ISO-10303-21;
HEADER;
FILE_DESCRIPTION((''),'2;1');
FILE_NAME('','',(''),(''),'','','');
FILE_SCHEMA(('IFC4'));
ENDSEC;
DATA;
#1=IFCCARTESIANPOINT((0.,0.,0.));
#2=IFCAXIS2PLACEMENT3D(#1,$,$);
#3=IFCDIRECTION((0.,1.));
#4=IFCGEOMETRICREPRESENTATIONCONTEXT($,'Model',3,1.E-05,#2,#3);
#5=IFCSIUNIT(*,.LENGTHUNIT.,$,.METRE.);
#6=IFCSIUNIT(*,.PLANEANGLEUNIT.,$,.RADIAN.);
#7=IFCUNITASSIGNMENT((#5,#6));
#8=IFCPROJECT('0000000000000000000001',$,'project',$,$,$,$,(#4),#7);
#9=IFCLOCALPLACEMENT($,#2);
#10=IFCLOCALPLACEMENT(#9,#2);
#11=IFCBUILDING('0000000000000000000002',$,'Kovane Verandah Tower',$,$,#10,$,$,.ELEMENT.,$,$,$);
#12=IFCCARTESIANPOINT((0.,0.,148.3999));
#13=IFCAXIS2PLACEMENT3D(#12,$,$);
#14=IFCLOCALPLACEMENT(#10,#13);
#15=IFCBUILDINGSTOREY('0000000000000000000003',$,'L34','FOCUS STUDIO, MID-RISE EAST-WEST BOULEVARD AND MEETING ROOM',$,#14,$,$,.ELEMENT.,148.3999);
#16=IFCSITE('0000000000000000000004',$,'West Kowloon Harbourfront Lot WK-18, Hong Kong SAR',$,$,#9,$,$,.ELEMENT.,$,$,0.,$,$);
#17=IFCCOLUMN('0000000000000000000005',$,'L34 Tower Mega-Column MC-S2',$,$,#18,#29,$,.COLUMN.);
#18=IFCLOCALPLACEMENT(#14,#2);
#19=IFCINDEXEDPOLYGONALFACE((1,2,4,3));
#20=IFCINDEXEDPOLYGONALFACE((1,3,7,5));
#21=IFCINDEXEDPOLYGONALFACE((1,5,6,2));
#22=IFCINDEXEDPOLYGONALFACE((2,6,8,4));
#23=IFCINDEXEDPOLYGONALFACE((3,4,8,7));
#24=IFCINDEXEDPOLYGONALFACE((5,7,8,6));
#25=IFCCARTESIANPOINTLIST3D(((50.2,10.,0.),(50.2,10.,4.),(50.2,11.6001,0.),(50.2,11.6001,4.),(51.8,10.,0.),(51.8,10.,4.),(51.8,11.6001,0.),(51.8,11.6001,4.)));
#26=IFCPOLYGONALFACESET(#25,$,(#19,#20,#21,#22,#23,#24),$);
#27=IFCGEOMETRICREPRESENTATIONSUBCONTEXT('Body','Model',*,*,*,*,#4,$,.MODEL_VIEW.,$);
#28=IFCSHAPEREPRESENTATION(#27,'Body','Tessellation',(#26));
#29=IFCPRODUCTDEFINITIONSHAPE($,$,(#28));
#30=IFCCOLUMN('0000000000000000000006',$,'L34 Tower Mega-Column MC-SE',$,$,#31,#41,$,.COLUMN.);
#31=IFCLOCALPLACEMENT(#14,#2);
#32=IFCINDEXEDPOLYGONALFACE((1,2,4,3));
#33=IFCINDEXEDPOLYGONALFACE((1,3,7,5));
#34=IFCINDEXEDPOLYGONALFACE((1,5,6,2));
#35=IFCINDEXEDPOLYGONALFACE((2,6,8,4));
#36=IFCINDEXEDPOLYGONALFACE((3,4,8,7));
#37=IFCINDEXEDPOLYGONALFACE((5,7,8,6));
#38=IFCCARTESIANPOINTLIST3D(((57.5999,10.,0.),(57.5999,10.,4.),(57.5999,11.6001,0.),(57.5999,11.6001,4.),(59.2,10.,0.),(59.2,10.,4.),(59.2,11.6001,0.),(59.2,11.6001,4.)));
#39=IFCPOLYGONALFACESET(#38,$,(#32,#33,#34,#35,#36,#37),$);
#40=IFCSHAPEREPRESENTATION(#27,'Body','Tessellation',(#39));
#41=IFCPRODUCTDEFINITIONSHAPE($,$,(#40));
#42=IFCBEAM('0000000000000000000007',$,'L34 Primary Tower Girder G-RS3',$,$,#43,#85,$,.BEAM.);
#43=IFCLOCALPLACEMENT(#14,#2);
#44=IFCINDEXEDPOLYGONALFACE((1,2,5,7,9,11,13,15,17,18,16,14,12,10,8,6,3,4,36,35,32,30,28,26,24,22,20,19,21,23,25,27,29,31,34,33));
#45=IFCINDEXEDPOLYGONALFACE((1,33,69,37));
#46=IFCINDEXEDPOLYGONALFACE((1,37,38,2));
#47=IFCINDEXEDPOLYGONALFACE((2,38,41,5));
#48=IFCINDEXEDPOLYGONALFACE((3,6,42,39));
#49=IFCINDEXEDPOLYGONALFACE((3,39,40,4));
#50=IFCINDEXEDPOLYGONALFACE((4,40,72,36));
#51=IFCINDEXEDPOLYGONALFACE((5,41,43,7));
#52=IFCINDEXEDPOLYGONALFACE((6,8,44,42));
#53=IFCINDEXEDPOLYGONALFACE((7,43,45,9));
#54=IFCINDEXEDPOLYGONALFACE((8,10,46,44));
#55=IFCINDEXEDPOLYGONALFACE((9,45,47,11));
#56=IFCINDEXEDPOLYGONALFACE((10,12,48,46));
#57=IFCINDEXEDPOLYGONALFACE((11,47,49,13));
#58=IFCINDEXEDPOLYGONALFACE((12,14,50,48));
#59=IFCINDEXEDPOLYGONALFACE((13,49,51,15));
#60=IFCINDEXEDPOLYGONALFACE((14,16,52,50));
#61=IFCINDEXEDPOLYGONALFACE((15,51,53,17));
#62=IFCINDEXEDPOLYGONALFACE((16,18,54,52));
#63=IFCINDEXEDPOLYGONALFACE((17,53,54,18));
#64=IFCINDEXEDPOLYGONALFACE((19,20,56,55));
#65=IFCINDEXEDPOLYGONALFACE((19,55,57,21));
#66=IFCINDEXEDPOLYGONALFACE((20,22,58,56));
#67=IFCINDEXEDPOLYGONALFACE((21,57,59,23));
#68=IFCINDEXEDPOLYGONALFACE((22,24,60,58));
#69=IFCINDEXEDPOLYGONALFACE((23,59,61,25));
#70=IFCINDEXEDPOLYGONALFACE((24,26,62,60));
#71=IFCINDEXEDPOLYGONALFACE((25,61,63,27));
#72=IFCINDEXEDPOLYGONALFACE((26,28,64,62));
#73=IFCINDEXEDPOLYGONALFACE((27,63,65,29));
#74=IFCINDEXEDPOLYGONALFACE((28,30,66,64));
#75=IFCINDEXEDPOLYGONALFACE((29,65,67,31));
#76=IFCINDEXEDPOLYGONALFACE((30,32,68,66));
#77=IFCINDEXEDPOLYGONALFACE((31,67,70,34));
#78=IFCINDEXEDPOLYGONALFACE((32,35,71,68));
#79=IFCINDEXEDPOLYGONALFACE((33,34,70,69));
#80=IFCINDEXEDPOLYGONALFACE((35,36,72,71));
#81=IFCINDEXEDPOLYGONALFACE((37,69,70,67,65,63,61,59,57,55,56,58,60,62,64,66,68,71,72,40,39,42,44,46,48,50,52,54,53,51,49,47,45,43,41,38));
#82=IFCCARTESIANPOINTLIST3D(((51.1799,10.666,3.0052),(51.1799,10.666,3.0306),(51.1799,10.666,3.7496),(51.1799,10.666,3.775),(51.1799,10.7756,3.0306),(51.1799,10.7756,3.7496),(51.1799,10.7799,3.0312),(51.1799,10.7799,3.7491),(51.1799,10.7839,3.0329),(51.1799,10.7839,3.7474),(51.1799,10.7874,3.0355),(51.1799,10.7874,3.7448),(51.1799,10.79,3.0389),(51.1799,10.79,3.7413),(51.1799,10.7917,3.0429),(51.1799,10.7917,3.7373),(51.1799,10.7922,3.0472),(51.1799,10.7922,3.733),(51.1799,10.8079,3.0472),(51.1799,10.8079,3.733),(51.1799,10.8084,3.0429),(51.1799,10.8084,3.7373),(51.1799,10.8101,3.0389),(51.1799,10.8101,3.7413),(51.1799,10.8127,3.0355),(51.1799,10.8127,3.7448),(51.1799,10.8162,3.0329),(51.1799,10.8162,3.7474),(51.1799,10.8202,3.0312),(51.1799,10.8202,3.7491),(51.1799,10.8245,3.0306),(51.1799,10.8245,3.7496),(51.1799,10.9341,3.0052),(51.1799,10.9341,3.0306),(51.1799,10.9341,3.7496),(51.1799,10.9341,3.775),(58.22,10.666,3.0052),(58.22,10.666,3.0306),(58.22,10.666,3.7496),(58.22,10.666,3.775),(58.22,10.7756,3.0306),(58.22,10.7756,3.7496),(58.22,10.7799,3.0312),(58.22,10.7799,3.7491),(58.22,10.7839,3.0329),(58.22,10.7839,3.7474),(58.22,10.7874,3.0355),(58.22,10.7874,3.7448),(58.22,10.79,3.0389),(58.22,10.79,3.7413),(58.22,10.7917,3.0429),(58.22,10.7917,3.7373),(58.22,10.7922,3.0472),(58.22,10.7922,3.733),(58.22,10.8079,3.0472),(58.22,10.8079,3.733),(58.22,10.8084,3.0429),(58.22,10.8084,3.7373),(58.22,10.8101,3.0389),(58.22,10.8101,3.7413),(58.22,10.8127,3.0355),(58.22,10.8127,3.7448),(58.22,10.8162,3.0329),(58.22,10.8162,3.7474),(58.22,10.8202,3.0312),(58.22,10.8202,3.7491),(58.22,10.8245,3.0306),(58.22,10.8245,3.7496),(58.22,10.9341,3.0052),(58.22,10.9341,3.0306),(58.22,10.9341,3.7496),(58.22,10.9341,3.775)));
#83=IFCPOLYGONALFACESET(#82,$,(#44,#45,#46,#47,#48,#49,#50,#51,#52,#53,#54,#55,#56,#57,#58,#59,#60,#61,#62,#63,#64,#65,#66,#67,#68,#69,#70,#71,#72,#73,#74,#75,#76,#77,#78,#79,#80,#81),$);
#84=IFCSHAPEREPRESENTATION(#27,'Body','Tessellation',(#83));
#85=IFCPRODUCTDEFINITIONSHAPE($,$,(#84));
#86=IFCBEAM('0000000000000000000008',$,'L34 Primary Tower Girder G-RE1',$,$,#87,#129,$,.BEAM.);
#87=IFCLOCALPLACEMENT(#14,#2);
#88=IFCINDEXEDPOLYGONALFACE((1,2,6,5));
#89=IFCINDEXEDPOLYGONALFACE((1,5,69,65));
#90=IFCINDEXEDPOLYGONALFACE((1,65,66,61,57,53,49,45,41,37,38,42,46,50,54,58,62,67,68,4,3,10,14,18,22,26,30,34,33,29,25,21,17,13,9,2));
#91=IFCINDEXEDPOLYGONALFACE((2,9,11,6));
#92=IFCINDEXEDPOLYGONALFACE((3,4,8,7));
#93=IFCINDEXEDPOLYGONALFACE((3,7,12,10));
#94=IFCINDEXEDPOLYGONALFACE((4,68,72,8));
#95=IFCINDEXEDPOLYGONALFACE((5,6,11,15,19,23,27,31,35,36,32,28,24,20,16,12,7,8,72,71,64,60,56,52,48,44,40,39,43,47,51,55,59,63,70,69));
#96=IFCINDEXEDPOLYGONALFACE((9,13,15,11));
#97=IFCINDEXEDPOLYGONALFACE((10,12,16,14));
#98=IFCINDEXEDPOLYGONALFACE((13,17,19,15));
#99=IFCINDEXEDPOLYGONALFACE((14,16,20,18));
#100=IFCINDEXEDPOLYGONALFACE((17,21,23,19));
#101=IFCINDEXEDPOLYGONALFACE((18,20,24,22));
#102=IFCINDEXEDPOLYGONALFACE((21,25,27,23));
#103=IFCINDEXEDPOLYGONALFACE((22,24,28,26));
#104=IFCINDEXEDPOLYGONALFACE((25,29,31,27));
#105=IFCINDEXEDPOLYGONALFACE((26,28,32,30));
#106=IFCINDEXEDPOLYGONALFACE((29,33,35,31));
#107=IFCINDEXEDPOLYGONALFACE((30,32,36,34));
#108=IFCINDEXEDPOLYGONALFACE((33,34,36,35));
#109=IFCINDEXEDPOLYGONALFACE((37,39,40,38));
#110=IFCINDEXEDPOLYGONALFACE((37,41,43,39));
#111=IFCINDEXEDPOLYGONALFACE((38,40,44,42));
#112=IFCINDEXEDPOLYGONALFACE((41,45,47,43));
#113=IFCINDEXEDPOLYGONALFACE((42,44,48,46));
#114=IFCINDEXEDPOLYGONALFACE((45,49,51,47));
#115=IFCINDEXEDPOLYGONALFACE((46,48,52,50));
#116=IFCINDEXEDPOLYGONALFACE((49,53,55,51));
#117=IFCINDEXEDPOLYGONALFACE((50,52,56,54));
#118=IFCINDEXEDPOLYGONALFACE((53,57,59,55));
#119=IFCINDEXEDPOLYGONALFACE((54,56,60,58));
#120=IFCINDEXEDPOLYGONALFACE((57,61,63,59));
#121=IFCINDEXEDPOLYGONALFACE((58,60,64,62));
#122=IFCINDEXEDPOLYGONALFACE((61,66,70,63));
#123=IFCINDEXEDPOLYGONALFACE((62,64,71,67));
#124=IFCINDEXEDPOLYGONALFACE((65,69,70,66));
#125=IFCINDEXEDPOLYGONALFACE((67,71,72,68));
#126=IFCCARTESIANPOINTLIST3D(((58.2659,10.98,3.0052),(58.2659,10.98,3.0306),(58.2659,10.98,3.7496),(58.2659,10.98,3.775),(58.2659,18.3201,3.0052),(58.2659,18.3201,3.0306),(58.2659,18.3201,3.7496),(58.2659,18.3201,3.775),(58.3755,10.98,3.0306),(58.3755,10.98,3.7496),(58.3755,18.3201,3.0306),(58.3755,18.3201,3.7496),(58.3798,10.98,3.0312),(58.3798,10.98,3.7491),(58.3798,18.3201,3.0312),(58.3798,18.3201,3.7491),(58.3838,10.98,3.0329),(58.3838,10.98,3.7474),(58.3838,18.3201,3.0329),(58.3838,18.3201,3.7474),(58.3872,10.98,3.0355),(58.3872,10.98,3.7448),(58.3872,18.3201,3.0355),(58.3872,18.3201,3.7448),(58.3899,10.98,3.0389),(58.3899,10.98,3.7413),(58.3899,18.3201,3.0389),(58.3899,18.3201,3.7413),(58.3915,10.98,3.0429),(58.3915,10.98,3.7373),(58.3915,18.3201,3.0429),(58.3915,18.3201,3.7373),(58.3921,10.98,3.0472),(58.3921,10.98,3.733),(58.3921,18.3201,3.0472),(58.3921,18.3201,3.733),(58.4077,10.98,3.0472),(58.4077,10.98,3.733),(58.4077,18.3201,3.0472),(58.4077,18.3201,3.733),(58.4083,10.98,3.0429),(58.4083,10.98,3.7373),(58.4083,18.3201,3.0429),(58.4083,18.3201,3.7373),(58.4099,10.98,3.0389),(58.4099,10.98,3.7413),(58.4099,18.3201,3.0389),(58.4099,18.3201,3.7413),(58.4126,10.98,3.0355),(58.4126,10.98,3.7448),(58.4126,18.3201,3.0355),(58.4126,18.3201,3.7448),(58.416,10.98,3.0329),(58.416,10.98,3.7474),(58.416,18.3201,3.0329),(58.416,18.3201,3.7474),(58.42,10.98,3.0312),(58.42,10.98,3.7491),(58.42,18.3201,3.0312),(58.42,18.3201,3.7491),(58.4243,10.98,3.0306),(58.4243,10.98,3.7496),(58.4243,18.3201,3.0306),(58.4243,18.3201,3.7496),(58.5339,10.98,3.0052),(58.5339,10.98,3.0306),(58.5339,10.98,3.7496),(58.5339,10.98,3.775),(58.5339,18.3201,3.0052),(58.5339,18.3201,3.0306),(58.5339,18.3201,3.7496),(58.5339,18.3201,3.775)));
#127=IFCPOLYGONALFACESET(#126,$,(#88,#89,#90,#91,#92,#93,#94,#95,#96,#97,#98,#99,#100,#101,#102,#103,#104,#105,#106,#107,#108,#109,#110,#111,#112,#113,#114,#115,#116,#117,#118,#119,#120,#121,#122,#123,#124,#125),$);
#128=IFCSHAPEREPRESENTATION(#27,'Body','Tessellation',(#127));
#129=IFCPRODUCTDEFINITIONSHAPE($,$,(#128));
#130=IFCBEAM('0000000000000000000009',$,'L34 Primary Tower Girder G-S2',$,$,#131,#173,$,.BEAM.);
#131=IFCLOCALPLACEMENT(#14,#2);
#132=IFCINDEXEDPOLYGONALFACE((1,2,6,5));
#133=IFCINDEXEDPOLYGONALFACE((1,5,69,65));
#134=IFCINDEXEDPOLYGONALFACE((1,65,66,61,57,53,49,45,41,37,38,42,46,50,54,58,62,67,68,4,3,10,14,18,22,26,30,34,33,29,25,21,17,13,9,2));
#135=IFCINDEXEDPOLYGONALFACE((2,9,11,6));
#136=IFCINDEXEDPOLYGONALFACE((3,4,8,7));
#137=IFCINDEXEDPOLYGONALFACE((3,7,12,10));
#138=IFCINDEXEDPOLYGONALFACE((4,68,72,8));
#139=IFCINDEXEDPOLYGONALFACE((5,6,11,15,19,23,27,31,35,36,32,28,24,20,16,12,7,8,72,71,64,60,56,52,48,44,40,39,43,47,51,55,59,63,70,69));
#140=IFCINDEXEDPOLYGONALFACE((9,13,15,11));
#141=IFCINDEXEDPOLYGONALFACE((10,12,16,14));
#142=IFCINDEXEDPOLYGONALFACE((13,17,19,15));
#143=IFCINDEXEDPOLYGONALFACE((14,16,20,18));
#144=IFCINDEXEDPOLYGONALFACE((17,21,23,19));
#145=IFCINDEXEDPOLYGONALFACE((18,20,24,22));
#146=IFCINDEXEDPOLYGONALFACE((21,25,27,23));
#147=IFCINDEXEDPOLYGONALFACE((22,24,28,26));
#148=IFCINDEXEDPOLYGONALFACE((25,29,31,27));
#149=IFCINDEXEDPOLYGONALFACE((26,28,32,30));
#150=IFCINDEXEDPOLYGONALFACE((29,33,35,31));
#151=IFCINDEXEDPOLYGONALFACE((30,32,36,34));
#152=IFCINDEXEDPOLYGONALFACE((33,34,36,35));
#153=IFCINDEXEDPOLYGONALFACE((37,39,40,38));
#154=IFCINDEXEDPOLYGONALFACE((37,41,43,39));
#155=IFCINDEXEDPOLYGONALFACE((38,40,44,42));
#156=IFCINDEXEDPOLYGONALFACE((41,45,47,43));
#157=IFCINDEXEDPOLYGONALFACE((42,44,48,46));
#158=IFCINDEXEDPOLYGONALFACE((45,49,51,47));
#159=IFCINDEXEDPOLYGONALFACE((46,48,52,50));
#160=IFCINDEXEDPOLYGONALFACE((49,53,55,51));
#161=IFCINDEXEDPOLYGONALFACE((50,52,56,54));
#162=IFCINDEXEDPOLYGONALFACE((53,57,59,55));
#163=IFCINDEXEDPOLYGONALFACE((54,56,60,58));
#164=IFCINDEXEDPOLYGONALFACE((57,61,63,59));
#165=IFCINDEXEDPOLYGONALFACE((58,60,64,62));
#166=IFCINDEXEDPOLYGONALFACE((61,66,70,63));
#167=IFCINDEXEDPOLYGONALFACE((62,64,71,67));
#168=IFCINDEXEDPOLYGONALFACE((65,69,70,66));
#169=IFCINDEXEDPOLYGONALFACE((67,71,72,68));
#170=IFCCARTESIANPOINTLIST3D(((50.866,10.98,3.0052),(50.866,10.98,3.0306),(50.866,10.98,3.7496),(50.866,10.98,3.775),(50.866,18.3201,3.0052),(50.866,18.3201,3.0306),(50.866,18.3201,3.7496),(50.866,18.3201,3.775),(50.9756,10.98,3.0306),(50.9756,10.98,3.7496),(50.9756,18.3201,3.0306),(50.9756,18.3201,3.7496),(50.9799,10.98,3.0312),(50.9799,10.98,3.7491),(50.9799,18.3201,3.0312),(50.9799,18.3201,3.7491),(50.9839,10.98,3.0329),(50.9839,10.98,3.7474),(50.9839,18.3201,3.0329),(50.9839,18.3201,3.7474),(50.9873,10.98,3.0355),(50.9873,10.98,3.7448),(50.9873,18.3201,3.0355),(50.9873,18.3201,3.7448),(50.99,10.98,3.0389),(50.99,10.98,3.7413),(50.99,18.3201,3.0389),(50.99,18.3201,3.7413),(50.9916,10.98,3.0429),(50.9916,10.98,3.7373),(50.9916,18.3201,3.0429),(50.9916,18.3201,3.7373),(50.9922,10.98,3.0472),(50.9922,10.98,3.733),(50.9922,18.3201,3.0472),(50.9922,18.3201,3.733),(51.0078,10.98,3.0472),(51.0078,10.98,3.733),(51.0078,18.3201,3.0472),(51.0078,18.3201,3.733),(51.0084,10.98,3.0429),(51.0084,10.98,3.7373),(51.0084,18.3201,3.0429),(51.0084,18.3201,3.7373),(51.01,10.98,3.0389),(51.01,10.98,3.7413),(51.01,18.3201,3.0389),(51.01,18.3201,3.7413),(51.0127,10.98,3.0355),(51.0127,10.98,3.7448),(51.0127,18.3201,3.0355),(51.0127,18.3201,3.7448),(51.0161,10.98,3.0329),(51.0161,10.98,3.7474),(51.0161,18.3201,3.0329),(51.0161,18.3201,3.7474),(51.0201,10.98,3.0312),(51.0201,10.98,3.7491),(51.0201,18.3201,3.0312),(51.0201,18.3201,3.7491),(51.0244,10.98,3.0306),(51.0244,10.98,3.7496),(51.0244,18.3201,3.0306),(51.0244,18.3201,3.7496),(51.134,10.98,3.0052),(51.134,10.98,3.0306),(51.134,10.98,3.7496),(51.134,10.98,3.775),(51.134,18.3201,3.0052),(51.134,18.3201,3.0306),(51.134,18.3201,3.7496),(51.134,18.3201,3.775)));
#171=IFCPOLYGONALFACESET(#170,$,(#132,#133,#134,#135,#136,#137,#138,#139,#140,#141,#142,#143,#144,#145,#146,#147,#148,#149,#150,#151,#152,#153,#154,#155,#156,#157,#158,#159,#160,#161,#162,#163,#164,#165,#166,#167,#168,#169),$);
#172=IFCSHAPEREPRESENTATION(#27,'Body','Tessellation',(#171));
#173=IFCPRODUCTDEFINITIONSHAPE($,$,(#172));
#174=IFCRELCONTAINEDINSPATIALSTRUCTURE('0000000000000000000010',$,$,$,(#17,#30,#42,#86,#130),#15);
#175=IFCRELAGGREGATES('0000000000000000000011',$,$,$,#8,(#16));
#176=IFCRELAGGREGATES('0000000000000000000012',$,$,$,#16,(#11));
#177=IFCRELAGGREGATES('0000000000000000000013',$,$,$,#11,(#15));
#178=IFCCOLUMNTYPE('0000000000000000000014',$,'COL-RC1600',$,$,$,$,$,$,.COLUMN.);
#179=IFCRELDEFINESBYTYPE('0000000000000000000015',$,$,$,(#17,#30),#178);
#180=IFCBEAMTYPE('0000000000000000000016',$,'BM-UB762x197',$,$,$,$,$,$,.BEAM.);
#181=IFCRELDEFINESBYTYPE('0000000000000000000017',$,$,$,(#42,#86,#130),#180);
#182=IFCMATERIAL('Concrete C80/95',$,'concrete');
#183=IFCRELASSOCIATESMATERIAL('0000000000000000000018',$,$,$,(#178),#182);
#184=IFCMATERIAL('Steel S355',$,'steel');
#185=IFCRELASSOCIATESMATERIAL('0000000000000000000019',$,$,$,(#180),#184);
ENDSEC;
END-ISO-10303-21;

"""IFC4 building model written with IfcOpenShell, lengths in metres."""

from ifc_helpers import new_model, si_unit, direction, frame, origin, origin_2d, place, context, subcontext, project, spatial, rectangle, i_section, extrude, material, material_profile, profile_set, type_object, element, save


model = new_model("IFC4")

# Units and contexts
model_context = context("Model", 3, precision=1e-05, world=origin(), true_north=direction((0.0, 1.0)))
body_context = subcontext(model_context, "Body", "Model", "MODEL_VIEW")
ifc_project = project(units=[si_unit("LENGTHUNIT", "METRE"), si_unit("PLANEANGLEUNIT", "RADIAN")], contexts=[model_context])

# Site, building, storey
site_placement = place(None, origin())
site = spatial("IfcSite", under=ifc_project, at=site_placement, Name="West Kowloon Harbourfront Lot WK-18, Hong Kong SAR", CompositionType="ELEMENT", RefElevation=0.0)
building_placement = place(site_placement, origin())
building = spatial("IfcBuilding", under=site, at=building_placement, Name="Kovane Verandah Tower", CompositionType="ELEMENT")
storey_placement = place(building_placement, frame((0.0, 0.0, 148.3999)))
storey = spatial("IfcBuildingStorey", under=building, at=storey_placement, Name="L34", Description="FOCUS STUDIO, MID-RISE EAST-WEST BOULEVARD AND MEETING ROOM", CompositionType="ELEMENT", Elevation=148.3999)

# Columns
ifc_material_1 = material(Name="Concrete C80/95", Category="concrete")
ifc_material_profile_1 = material_profile(ifc_material_1, rectangle(XDim=1.6001, YDim=1.6001, at=origin_2d()), Name="RC1600x1600")
ifc_profile_set_1 = profile_set([ifc_material_profile_1], Name="Concrete C80/95")
column_type = type_object("IfcColumnType", Name="COL-RC1600", PredefinedType="COLUMN", material=ifc_profile_set_1)
for number, where, z_axis, x_axis, name in (
    (1, (51.0, 10.8, 0.0), (0.0, 0.0, 1.0), (1.0, 0.0, 0.0), "L34 Tower Mega-Column MC-S2"),
    (2, (58.3999, 10.8, 0.0), (0.0, 0.0, 1.0), (1.0, 0.0, 0.0), "L34 Tower Mega-Column MC-SE"),
):
    element("IfcColumn", number, at=place(storey_placement, frame(where, z_axis=z_axis, x_axis=x_axis)), inside=storey, type_object=column_type, Name=name, PredefinedType="COLUMN", context=body_context, shape_type="SweptSolid", body=[
        extrude(rectangle(XDim=1.6001, YDim=1.6001, at=origin_2d()), origin(), (0.0, 0.0, 1.0), 4.0),
    ])

# Beams
ifc_material_2 = material(Name="Steel S355", Category="steel")
ifc_material_profile_2 = material_profile(ifc_material_2, i_section(OverallWidth=0.2681, OverallDepth=0.7698, WebThickness=0.0156, FlangeThickness=0.0254, FilletRadius=0.0166, at=origin_2d()), Name="UB762x267x197")
ifc_profile_set_2 = profile_set([ifc_material_profile_2], Name="Steel S355")
beam_type_1 = type_object("IfcBeamType", Name="BM-UB762x197", PredefinedType="BEAM", material=ifc_profile_set_2)
beam_1_placement = place(storey_placement, frame((51.1799, 10.8, 3.3901), z_axis=(1.0, 0.0, 0.0), x_axis=(0.0, 1.0, 0.0)))
element("IfcBeam", 3, at=beam_1_placement, inside=storey, type_object=beam_type_1, Name="L34 Primary Tower Girder G-RS3", PredefinedType="BEAM", context=body_context, shape_type="SweptSolid", body=[
    extrude(i_section(OverallWidth=0.2681, OverallDepth=0.7698, WebThickness=0.0156, FlangeThickness=0.0254, FilletRadius=0.0166, at=origin_2d()), origin(), (0.0, 0.0, 1.0), 7.04),
])
for number, where, z_axis, x_axis, name in (
    (4, (58.3999, 10.98, 3.3901), (0.0, 1.0, 0.0), (-1.0, 0.0, 0.0), "L34 Primary Tower Girder G-RE1"),
    (5, (51.0, 18.3201, 3.3901), (0.0, -1.0, 0.0), (1.0, 0.0, 0.0), "L34 Primary Tower Girder G-S2"),
):
    element("IfcBeam", number, at=place(storey_placement, frame(where, z_axis=z_axis, x_axis=x_axis)), inside=storey, type_object=beam_type_1, Name=name, PredefinedType="BEAM", context=body_context, shape_type="SweptSolid", body=[
        extrude(i_section(OverallWidth=0.2681, OverallDepth=0.7698, WebThickness=0.0156, FlangeThickness=0.0254, FilletRadius=0.0166, at=origin_2d()), origin(), (0.0, 0.0, 1.0), 7.3401),
    ])

save(model, "model.ifc")
